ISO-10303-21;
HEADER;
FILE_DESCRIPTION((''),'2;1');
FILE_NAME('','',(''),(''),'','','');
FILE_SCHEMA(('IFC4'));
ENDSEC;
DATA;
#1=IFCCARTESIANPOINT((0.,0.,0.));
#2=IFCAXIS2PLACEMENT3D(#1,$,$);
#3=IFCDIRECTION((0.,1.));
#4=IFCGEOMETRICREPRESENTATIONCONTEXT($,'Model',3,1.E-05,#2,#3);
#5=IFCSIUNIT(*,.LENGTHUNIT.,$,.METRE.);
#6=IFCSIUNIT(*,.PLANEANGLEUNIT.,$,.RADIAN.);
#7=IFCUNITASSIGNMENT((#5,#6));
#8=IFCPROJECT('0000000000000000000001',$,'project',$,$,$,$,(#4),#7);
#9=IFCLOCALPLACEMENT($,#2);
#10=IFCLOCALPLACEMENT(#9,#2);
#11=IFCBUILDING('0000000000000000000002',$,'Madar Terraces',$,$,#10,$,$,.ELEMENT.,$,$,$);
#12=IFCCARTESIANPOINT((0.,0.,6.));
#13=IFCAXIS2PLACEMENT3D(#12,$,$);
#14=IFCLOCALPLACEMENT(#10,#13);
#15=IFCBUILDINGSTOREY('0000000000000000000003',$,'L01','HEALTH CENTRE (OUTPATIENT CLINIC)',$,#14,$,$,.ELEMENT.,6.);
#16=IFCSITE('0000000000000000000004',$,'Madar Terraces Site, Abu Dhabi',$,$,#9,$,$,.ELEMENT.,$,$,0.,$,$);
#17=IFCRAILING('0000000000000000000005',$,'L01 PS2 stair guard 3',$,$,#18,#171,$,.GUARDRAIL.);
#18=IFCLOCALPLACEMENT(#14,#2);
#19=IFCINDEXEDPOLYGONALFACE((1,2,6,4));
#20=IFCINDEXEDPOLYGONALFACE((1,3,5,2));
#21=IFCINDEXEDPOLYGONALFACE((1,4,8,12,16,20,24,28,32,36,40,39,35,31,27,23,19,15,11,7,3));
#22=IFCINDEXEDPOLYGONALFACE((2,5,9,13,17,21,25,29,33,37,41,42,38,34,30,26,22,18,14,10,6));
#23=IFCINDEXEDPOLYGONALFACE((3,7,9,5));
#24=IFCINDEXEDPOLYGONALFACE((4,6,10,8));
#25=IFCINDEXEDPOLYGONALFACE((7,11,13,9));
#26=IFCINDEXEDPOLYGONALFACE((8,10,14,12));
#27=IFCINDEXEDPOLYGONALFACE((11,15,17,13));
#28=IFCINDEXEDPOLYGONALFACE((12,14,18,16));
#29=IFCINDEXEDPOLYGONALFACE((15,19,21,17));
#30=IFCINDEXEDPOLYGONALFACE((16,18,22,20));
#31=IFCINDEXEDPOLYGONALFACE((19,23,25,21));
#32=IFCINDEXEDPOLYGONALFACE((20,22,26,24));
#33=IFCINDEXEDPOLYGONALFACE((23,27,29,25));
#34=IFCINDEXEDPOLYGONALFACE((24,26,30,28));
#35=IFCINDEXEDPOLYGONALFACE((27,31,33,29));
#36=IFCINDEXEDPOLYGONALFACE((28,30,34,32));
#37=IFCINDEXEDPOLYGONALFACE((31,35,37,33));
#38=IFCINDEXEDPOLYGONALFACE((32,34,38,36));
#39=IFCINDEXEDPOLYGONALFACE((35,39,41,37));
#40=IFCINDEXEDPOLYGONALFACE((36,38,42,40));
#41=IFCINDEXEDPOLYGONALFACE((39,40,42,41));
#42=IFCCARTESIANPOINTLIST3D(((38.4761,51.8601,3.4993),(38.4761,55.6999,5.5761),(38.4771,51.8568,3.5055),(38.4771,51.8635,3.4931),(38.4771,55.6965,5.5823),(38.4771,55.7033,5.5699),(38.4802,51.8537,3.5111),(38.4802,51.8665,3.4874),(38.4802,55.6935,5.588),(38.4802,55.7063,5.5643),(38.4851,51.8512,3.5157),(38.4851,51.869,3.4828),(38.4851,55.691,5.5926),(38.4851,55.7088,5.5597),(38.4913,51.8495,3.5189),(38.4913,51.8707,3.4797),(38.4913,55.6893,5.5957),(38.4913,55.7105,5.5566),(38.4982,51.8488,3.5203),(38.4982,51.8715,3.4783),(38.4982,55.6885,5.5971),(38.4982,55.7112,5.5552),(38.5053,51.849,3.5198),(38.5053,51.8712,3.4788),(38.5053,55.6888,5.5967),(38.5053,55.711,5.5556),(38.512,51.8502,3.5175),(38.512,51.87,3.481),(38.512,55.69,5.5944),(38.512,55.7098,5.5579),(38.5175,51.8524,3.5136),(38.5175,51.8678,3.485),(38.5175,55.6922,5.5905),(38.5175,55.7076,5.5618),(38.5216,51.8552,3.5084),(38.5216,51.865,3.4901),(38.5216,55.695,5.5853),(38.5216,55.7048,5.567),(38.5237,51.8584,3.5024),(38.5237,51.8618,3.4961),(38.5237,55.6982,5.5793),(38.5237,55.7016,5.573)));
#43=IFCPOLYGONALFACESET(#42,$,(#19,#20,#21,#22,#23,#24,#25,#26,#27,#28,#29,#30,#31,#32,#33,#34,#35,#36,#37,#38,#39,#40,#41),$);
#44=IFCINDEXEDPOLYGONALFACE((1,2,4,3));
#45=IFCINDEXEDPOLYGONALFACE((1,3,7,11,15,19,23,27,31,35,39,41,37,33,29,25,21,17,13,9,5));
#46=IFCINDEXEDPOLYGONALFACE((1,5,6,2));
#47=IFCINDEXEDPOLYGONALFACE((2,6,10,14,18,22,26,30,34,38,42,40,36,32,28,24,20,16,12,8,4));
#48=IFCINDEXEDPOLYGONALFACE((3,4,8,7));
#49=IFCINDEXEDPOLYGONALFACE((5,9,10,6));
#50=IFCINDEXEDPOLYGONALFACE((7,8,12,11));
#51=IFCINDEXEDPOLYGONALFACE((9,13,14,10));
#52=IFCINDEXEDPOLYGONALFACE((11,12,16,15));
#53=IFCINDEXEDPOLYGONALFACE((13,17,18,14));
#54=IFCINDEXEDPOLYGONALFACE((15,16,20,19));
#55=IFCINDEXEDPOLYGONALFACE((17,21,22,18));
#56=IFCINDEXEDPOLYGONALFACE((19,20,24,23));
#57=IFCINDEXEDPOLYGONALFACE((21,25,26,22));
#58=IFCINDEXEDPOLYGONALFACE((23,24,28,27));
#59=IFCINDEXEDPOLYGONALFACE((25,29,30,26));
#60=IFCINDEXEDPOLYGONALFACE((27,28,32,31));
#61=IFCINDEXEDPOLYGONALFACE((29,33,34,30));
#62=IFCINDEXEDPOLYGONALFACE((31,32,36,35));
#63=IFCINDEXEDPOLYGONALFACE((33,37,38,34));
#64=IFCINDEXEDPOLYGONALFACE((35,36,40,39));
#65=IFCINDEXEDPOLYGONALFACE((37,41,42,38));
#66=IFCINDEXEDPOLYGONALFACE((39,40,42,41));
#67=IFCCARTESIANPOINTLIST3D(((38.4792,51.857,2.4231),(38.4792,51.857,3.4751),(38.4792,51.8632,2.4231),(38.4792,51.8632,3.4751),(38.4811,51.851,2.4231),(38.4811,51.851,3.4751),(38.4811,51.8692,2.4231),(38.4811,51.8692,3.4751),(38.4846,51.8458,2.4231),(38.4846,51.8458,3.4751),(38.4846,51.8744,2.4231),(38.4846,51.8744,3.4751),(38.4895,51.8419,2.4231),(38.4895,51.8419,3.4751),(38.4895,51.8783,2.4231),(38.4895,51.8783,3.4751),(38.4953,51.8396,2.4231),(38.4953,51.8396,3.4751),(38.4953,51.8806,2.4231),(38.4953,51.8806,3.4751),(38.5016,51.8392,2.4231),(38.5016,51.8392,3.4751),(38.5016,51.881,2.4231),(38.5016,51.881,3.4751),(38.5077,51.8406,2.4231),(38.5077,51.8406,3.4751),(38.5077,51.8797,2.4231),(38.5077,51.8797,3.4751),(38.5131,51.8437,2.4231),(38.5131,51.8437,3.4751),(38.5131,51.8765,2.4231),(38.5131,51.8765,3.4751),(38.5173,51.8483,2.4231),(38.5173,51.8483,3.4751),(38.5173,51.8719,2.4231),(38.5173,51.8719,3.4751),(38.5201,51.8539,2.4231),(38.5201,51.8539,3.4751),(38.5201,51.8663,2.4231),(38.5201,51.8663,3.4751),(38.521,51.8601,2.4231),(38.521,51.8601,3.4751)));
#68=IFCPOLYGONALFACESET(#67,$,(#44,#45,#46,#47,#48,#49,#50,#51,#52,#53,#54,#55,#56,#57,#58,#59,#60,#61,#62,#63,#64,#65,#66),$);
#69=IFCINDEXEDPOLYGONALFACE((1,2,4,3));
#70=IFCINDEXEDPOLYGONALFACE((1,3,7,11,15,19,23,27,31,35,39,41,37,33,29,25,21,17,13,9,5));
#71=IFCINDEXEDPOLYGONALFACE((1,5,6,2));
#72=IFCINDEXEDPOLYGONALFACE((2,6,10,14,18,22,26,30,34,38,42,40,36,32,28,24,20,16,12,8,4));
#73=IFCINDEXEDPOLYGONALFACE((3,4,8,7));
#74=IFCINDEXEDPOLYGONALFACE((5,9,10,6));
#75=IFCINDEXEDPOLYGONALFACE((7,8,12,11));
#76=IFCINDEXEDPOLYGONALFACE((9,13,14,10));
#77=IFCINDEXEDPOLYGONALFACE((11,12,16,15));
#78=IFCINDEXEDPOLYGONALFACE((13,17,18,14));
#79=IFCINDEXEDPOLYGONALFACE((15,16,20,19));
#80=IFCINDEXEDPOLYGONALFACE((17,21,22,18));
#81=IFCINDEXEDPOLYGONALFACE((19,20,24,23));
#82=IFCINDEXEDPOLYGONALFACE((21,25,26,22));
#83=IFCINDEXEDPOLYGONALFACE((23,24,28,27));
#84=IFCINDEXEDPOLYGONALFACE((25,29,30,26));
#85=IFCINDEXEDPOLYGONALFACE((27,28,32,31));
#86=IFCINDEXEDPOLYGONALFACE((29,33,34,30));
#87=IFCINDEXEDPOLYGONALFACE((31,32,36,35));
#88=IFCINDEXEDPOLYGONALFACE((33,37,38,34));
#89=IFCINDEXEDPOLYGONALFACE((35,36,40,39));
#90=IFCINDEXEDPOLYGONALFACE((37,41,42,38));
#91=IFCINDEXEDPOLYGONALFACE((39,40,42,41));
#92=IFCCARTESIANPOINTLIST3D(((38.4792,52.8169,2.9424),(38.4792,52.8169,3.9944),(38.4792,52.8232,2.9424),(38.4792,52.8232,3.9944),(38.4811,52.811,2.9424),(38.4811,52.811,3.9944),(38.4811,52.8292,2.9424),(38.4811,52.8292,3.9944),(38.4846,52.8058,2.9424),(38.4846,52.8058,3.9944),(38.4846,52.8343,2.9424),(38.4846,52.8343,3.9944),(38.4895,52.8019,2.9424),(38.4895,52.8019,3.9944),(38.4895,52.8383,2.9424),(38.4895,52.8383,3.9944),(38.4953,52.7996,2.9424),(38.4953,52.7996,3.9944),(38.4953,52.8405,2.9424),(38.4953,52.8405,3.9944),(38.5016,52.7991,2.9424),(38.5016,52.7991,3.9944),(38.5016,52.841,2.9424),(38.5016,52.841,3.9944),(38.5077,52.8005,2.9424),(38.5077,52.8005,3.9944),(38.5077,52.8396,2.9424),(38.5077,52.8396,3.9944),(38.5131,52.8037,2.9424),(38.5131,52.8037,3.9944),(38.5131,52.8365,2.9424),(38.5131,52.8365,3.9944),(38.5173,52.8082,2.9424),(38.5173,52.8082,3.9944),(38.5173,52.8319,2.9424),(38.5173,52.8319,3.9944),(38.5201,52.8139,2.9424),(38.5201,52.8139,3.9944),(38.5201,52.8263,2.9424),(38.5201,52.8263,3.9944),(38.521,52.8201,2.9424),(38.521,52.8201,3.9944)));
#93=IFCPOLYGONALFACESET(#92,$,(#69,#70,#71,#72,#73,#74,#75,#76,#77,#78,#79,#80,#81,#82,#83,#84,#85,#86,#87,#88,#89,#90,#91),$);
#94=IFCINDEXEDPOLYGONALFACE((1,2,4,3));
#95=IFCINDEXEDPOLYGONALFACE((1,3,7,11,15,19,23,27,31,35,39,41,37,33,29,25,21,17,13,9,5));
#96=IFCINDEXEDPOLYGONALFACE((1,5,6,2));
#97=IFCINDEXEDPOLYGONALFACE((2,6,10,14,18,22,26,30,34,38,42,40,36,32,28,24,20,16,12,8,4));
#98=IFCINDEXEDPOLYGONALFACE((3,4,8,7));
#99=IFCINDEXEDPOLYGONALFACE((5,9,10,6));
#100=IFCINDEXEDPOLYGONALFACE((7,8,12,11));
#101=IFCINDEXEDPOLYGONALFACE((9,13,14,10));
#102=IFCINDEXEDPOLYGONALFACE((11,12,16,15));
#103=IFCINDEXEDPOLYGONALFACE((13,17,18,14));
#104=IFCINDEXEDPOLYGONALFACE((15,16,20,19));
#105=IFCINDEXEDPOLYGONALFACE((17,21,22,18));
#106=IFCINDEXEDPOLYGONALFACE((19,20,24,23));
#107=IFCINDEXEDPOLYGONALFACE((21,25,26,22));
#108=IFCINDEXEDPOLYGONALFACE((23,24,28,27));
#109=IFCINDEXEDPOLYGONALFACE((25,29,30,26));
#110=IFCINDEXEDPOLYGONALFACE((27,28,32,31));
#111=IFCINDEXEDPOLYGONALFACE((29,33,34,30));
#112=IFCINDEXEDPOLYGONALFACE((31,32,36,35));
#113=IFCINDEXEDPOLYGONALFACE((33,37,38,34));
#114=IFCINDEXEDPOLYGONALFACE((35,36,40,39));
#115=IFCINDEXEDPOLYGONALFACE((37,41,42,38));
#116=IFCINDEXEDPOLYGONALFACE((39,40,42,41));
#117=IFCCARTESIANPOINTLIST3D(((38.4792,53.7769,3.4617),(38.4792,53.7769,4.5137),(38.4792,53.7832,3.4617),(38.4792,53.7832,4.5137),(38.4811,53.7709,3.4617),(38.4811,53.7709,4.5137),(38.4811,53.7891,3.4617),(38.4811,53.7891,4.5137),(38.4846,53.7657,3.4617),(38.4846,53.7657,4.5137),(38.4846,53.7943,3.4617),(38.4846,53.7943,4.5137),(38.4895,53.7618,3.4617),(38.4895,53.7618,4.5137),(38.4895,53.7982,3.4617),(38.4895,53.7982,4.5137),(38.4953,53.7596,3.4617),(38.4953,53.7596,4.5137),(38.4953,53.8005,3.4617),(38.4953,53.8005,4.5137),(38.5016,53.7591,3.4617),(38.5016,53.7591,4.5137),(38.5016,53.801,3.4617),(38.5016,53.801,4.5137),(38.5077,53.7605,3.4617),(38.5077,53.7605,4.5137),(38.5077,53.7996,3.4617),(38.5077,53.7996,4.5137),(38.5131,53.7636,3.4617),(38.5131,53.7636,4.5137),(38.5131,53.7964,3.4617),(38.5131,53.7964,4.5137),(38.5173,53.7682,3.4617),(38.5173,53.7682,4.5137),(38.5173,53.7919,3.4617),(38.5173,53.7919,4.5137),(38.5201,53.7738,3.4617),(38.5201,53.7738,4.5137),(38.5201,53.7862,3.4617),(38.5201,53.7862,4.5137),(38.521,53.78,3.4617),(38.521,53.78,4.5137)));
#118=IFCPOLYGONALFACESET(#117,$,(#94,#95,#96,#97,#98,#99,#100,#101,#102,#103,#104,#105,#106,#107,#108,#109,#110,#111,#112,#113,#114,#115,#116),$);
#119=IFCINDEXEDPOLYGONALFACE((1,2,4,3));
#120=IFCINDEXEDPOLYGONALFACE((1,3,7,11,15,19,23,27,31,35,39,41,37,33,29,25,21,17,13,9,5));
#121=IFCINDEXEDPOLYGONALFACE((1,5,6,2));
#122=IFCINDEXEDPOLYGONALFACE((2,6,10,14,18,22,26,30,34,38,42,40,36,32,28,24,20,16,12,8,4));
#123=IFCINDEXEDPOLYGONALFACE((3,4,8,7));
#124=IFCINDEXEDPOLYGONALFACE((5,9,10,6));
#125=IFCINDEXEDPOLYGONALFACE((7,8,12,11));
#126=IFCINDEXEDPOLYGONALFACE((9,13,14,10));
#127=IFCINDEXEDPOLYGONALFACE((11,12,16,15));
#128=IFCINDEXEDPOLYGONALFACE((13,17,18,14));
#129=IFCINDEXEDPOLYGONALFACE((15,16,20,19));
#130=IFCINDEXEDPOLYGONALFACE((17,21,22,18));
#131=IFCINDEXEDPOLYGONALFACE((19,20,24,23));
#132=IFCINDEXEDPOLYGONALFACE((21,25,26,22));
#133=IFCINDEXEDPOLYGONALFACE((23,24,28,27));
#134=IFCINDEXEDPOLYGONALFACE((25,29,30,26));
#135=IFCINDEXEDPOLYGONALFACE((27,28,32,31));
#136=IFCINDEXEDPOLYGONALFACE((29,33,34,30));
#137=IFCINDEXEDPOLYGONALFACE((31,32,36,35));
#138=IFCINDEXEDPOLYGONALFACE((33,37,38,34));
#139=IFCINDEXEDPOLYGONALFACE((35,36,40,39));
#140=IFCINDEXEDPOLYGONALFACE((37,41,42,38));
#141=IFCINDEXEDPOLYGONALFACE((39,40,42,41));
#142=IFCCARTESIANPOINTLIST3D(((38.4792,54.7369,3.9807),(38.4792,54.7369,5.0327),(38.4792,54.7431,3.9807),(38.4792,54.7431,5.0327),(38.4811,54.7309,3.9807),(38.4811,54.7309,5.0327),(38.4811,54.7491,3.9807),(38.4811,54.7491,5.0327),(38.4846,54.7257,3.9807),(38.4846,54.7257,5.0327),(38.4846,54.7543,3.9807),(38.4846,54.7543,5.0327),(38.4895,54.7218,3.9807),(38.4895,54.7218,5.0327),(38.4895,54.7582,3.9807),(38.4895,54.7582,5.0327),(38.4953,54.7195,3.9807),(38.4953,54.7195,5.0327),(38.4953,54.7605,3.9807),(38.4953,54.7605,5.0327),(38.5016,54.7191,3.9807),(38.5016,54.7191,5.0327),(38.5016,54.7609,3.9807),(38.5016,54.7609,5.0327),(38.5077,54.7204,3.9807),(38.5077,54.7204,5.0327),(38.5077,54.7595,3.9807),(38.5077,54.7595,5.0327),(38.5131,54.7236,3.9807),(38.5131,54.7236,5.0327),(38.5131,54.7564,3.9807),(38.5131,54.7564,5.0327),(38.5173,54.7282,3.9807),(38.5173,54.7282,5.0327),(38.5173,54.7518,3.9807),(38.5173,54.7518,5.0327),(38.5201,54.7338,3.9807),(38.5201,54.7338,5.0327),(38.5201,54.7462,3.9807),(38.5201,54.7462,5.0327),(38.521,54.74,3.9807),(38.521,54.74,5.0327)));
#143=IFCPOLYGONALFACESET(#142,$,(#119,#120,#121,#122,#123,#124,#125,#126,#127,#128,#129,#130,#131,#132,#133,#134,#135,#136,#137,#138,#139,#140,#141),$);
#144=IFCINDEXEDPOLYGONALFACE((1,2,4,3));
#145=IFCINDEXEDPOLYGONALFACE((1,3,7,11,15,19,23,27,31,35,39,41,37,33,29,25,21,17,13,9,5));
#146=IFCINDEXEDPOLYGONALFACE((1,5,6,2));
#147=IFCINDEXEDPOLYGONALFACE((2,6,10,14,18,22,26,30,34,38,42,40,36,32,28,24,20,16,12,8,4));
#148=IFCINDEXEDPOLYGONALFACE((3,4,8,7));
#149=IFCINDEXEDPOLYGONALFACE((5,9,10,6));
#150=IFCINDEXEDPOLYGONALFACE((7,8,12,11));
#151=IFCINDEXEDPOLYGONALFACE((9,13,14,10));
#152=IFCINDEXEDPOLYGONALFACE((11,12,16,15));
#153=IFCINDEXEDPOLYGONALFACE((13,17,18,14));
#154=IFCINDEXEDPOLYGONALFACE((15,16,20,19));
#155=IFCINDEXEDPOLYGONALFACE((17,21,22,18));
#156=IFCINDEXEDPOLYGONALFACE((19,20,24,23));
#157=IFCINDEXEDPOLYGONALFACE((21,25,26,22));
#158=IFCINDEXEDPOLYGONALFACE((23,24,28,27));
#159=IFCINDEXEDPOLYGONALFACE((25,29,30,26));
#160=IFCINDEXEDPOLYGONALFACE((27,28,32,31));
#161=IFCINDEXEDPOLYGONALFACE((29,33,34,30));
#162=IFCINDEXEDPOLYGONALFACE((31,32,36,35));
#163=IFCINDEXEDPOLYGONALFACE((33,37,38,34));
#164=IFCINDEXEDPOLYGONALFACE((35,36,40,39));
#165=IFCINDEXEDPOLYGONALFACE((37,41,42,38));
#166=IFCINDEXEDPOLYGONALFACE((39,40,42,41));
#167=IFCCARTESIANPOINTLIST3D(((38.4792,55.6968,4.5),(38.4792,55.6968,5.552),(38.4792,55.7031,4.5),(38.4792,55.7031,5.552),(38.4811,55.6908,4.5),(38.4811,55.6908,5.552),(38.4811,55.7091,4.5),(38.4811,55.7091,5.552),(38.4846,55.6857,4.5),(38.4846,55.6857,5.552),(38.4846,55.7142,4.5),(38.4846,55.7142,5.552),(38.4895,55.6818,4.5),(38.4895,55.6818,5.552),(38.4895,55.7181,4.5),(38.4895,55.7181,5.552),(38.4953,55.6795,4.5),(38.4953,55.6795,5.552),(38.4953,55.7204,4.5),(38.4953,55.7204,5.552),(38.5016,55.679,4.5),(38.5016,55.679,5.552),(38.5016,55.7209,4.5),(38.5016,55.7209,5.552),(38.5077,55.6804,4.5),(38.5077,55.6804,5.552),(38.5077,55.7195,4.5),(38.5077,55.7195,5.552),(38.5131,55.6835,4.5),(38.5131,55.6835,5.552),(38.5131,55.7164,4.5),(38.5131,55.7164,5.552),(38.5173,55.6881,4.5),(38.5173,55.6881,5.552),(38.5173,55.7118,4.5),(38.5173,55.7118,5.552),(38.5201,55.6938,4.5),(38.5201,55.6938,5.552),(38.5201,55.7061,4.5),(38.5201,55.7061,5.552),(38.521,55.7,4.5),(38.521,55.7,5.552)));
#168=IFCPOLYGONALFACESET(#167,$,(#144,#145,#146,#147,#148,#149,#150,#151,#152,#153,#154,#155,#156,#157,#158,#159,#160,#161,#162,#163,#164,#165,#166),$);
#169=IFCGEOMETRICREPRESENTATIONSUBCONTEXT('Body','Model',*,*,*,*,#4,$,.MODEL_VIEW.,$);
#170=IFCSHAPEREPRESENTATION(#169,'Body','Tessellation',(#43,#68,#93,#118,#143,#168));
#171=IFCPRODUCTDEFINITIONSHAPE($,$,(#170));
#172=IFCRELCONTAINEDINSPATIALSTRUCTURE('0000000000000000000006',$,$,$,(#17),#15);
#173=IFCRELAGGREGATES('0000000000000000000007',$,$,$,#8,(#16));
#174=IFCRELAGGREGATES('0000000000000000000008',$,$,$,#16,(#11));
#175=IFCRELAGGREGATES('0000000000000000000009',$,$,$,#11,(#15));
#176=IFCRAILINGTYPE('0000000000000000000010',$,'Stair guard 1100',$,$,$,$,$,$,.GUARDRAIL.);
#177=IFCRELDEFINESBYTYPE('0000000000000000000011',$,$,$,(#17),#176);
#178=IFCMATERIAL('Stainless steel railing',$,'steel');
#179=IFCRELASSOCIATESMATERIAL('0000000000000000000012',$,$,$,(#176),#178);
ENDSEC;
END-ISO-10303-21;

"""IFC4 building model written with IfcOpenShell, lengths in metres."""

from ifc_helpers import new_model, si_unit, direction, frame, origin, origin_2d, place, context, subcontext, project, spatial, circle, extrude, material, type_object, element, save


model = new_model("IFC4")

# Units and contexts
model_context = context("Model", 3, precision=1e-05, world=origin(), true_north=direction((0.0, 1.0)))
body_context = subcontext(model_context, "Body", "Model", "MODEL_VIEW")
ifc_project = project(units=[si_unit("LENGTHUNIT", "METRE"), si_unit("PLANEANGLEUNIT", "RADIAN")], contexts=[model_context])

# Site, building, storey
site_placement = place(None, origin())
site = spatial("IfcSite", under=ifc_project, at=site_placement, Name="Madar Terraces Site, Abu Dhabi", CompositionType="ELEMENT", RefElevation=0.0)
building_placement = place(site_placement, origin())
building = spatial("IfcBuilding", under=site, at=building_placement, Name="Madar Terraces", CompositionType="ELEMENT")
storey_placement = place(building_placement, frame((0.0, 0.0, 6.0)))
storey = spatial("IfcBuildingStorey", under=building, at=storey_placement, Name="L01", Description="HEALTH CENTRE (OUTPATIENT CLINIC)", CompositionType="ELEMENT", Elevation=6.0)

# Railing
ifc_material_1 = material(Name="Stainless steel railing", Category="steel")
railing_type_1 = type_object("IfcRailingType", Name="Stair guard 1100", PredefinedType="GUARDRAIL", material=ifc_material_1)
railing_1_placement = place(storey_placement, frame((38.5, 51.8601, 2.4231)))
element("IfcRailing", 1, at=railing_1_placement, inside=storey, type_object=railing_type_1, Name="L01 PS2 stair guard 3", PredefinedType="GUARDRAIL", context=body_context, shape_type="SweptSolid", body=[
    extrude(circle(Radius=0.0239, at=origin_2d()), frame((0.0, 0.0, 1.0762), z_axis=(0.0, 0.879581, 0.47575), x_axis=(-1.0, 0.0, 0.0)), (0.0, 0.0, 1.0), 4.3655),
    extrude(circle(Radius=0.021, at=origin_2d()), origin(), (0.0, 0.0, 1.0), 1.052),
    extrude(circle(Radius=0.021, at=origin_2d()), frame((0.0, 0.96, 0.5193)), (0.0, 0.0, 1.0), 1.052),
    extrude(circle(Radius=0.021, at=origin_2d()), frame((0.0, 1.9199, 1.0386)), (0.0, 0.0, 1.0), 1.052),
    extrude(circle(Radius=0.021, at=origin_2d()), frame((0.0, 2.8799, 1.5576)), (0.0, 0.0, 1.0), 1.052),
    extrude(circle(Radius=0.021, at=origin_2d()), frame((0.0, 3.8398, 2.0769)), (0.0, 0.0, 1.0), 1.052),
])

save(model, "model.ifc")
